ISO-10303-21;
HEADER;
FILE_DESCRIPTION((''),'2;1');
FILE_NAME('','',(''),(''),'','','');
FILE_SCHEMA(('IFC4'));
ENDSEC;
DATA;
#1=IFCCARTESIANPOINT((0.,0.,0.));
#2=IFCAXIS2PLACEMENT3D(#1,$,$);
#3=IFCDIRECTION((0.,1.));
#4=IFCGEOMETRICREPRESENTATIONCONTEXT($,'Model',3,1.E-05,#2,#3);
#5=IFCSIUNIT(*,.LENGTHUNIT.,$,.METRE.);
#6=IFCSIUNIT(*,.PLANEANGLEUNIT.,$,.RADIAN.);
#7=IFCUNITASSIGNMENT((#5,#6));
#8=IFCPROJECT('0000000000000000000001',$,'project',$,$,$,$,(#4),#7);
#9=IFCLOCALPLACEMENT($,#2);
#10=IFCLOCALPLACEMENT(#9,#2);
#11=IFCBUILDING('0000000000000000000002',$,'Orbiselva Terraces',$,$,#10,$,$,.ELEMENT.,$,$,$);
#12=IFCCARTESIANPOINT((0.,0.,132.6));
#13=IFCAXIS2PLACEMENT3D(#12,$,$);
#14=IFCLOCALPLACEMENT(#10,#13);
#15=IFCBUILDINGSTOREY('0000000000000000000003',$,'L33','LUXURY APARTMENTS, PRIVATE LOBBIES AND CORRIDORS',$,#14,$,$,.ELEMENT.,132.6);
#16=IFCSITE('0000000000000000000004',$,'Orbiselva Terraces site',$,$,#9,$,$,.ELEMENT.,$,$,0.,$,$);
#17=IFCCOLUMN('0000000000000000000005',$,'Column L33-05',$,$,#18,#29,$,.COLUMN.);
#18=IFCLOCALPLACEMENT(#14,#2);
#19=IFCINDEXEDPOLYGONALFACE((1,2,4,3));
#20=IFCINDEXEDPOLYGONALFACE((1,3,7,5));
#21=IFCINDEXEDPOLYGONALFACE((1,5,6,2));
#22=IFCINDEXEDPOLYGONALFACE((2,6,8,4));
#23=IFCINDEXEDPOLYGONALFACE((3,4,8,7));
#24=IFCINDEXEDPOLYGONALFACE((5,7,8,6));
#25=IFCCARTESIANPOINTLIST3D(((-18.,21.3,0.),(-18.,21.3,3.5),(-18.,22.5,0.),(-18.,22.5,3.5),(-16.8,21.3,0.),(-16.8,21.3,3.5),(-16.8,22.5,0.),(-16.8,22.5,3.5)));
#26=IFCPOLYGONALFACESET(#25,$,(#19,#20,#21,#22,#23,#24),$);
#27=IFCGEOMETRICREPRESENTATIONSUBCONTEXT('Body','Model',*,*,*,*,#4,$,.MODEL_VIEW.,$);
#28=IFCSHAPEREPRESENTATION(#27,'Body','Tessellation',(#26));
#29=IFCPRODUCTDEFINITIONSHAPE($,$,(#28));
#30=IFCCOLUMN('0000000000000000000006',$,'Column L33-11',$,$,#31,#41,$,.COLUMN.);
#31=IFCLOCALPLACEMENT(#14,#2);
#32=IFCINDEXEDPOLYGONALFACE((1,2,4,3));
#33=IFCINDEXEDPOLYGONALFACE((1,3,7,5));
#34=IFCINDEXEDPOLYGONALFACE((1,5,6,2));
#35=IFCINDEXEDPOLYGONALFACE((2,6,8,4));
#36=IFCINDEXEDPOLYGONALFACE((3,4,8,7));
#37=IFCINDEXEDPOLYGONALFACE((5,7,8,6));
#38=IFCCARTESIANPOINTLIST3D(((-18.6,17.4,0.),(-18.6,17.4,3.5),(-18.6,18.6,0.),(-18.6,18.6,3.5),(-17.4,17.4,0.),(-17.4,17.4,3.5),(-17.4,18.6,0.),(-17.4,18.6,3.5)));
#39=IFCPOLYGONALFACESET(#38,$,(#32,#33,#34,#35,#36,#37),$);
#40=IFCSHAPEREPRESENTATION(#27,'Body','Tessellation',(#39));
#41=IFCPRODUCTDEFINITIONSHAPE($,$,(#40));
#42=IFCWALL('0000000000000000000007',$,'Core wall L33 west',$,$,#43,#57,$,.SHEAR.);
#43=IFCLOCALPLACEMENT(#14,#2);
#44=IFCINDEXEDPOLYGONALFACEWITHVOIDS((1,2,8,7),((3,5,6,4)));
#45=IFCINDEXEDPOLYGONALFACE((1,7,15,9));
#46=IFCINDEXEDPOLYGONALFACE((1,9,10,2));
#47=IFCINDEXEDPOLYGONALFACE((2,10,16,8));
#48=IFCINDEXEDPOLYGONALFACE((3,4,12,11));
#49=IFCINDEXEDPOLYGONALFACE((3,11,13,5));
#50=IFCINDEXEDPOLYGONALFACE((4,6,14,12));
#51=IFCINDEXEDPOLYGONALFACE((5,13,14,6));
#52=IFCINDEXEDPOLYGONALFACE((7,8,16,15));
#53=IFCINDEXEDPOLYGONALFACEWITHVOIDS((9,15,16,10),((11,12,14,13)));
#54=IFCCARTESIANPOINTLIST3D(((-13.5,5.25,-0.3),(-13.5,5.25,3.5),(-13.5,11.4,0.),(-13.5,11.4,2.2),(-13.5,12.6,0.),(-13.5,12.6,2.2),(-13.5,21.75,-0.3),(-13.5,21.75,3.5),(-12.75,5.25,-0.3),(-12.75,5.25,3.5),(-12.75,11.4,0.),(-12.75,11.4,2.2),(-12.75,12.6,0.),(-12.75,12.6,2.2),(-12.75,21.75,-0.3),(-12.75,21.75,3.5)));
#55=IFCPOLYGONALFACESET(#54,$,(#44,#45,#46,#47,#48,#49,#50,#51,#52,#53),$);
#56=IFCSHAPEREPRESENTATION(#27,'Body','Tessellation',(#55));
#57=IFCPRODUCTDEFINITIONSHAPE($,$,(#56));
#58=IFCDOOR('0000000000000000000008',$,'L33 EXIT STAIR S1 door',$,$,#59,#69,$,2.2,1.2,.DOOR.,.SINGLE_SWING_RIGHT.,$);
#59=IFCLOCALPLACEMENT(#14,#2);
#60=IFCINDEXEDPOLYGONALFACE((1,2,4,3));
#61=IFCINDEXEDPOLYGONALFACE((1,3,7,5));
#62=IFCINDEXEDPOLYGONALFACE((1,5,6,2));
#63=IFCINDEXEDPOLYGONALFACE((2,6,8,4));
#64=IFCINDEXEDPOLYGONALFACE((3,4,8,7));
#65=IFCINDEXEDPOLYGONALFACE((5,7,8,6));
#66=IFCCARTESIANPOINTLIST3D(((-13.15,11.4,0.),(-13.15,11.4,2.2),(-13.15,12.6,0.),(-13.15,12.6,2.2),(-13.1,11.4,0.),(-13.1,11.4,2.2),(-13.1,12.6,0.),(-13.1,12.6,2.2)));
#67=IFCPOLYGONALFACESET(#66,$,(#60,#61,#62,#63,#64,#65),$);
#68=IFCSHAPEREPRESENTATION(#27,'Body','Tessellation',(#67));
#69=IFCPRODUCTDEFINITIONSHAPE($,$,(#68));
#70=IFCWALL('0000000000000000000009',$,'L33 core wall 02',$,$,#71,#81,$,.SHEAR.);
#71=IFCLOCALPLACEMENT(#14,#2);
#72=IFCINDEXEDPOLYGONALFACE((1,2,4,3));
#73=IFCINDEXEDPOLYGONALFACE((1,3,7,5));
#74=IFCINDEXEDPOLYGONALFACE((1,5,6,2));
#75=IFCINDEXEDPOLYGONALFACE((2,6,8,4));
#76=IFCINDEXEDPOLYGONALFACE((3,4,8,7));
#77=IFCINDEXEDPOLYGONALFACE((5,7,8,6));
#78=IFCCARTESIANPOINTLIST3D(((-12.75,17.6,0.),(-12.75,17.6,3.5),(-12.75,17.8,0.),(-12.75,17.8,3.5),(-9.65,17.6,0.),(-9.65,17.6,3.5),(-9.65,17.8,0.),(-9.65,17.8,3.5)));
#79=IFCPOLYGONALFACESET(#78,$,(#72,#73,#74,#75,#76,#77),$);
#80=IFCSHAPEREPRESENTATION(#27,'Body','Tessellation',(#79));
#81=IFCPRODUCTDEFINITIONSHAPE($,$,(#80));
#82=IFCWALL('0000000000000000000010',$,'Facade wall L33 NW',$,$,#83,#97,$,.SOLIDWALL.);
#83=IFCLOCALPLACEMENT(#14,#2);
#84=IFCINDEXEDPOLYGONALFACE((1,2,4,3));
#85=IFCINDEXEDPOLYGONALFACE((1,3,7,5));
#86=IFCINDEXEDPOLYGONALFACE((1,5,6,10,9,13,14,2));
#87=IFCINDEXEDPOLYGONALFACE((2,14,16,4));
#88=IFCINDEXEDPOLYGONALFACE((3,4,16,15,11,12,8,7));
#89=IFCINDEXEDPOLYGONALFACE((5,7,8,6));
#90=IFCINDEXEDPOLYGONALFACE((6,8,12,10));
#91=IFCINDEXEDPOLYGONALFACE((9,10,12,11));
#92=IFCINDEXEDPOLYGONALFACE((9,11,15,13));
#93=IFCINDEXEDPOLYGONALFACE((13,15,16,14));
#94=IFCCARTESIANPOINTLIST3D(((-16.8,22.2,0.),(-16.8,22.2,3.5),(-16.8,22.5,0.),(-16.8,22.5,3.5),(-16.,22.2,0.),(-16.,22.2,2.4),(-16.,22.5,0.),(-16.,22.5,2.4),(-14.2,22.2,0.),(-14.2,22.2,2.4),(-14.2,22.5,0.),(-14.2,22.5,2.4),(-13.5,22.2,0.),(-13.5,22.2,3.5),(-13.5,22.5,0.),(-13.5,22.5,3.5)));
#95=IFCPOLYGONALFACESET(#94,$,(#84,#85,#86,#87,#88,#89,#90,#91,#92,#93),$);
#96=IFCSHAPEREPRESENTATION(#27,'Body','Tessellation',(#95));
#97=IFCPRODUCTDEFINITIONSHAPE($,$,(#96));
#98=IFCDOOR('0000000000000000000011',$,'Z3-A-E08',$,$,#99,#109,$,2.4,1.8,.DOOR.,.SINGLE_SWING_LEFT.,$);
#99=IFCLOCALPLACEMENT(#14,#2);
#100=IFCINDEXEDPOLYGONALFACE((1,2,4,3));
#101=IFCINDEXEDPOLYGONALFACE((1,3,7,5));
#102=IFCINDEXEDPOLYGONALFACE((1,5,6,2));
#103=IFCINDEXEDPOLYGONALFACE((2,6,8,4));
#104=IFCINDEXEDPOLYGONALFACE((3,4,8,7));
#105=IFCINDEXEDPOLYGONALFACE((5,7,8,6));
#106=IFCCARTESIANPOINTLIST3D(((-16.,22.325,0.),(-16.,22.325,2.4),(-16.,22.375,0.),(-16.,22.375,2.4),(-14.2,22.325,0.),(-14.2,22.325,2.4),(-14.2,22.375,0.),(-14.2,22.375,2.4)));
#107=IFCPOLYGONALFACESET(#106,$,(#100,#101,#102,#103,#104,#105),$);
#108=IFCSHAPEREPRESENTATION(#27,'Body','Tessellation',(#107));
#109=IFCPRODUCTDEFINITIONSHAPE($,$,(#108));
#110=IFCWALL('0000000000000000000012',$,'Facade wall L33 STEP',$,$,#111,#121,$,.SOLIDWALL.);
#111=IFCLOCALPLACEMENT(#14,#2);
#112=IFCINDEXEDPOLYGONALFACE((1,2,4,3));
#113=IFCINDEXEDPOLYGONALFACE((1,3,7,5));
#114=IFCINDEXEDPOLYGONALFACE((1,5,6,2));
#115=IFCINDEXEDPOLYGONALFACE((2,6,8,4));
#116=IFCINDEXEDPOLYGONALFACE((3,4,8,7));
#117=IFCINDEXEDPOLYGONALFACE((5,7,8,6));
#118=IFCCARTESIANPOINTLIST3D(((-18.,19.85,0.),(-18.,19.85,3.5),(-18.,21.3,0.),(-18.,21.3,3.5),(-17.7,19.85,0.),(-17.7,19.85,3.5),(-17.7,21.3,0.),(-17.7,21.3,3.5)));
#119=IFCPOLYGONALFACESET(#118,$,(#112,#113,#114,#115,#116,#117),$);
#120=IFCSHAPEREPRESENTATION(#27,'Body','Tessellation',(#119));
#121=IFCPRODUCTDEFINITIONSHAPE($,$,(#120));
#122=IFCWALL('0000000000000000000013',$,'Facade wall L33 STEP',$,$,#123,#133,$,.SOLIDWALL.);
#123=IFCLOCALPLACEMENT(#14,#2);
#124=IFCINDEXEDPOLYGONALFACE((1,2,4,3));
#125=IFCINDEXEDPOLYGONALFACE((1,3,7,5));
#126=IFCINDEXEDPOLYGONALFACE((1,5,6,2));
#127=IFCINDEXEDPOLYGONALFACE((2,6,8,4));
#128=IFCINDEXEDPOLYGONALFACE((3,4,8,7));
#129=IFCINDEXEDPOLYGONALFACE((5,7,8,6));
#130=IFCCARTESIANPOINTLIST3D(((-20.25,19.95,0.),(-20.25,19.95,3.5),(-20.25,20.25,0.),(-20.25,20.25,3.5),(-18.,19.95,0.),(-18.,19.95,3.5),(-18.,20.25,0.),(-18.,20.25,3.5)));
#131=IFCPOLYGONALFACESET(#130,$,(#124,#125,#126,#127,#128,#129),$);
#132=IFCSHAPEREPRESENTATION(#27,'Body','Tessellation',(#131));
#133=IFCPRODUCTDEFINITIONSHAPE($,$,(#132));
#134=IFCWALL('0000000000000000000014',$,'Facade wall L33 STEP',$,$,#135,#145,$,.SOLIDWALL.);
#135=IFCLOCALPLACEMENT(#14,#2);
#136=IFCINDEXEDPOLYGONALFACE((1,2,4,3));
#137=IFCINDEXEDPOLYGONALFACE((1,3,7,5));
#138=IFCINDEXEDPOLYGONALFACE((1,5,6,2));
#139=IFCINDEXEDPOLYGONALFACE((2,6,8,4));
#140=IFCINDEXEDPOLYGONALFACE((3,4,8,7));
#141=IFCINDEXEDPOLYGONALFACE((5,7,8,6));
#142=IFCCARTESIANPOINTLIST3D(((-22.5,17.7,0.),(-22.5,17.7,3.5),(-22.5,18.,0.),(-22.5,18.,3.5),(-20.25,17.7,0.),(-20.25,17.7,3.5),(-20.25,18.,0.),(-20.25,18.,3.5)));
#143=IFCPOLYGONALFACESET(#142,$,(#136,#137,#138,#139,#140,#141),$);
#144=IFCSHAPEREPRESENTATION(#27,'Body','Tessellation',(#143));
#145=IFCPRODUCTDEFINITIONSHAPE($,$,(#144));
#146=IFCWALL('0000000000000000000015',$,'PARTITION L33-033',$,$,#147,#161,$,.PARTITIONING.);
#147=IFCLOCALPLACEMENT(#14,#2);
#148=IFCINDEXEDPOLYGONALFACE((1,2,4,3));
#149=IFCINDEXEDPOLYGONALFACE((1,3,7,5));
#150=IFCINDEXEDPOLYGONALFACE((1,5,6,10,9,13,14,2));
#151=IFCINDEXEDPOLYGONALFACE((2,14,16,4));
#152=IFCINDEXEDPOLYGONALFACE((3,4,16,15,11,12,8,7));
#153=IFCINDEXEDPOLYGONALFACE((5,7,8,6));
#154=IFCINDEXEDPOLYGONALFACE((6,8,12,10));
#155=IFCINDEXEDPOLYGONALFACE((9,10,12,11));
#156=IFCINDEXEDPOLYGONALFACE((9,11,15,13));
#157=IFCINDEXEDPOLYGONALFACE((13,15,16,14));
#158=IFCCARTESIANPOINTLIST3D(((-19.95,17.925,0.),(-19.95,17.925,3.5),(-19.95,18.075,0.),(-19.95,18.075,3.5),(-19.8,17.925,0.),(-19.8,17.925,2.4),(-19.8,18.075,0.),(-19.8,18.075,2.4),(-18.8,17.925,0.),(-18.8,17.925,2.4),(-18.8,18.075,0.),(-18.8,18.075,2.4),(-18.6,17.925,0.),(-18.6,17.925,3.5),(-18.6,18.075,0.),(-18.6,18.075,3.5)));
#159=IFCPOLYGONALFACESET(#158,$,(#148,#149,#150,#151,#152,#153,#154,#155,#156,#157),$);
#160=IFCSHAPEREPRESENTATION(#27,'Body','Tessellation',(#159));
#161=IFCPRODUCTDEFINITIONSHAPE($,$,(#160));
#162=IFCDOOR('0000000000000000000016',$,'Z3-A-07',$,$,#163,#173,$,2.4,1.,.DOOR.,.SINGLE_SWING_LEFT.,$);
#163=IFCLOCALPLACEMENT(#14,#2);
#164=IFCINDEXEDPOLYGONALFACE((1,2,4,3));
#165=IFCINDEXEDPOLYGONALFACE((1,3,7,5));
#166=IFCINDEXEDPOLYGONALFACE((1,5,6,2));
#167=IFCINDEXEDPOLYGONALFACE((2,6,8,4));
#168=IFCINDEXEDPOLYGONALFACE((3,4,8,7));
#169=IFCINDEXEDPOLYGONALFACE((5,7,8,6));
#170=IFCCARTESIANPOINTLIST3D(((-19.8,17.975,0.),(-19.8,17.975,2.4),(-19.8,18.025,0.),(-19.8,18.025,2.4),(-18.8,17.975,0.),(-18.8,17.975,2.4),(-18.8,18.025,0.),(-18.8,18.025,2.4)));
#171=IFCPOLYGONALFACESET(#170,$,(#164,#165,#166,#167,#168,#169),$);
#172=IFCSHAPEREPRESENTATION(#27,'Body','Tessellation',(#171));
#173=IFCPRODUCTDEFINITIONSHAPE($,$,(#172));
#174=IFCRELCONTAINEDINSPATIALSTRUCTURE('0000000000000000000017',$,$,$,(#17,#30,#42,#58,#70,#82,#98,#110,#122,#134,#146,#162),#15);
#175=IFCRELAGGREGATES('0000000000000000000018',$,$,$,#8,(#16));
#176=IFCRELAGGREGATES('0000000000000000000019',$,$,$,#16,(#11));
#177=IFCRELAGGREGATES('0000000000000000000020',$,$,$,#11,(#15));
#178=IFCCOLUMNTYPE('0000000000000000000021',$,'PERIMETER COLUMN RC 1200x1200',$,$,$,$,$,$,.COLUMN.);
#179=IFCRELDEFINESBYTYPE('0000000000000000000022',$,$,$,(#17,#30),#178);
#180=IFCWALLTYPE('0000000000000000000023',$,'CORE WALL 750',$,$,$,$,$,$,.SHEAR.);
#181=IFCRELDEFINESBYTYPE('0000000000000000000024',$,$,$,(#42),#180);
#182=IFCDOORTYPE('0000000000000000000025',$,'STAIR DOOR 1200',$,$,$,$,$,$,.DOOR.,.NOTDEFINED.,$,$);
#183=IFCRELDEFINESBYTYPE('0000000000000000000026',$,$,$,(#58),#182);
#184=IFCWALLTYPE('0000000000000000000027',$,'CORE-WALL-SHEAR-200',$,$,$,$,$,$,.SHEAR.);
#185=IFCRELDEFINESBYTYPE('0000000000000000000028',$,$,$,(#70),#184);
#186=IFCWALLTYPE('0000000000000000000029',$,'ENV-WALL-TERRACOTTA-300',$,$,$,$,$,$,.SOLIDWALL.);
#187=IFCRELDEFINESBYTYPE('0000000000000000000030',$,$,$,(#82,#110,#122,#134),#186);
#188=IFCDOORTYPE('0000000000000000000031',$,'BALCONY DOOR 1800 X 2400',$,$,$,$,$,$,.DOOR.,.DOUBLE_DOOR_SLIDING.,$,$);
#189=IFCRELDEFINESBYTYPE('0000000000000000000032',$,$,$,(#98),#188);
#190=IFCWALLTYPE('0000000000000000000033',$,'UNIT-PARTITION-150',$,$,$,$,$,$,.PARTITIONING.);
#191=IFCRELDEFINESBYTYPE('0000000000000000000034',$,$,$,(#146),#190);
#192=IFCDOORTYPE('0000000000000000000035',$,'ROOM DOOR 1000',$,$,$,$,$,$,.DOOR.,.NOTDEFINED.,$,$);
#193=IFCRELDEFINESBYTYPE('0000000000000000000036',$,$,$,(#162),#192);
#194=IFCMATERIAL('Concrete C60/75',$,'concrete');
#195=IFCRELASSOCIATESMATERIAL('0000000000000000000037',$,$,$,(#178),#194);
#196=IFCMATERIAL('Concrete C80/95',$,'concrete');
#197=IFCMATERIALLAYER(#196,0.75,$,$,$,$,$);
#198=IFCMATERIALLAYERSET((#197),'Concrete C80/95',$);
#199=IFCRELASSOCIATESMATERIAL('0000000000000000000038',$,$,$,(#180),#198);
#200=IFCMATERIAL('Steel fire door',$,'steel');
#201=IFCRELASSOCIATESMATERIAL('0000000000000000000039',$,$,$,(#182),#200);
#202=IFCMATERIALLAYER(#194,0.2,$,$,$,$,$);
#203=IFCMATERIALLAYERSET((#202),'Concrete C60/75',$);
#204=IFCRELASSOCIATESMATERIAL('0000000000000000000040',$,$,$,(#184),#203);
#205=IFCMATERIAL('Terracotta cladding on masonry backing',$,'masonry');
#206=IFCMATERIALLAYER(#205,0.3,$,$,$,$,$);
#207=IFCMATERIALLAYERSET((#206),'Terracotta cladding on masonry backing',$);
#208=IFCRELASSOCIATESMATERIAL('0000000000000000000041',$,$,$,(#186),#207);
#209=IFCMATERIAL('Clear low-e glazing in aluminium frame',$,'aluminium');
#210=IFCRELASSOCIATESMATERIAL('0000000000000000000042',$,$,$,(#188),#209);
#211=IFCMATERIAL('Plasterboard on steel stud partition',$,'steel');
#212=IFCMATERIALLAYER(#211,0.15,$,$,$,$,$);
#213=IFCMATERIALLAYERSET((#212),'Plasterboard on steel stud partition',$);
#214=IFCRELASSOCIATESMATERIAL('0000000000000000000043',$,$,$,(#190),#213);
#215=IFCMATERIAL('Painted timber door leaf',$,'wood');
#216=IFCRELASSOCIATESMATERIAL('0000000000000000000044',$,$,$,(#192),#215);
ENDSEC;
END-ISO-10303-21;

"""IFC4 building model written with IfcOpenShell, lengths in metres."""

from ifc_helpers import new_model, si_unit, direction, frame, frame_2d, origin, origin_2d, place, context, subcontext, project, spatial, rectangle, extrude, material, layer, layer_set, material_profile, profile_set, type_object, element, fill, save


model = new_model("IFC4")

# Units and contexts
model_context = context("Model", 3, precision=1e-05, world=origin(), true_north=direction((0.0, 1.0)))
body_context = subcontext(model_context, "Body", "Model", "MODEL_VIEW")
ifc_project = project(units=[si_unit("LENGTHUNIT", "METRE"), si_unit("PLANEANGLEUNIT", "RADIAN")], contexts=[model_context])

# Site, building, storey
site_placement = place(None, origin())
site = spatial("IfcSite", under=ifc_project, at=site_placement, Name="Orbiselva Terraces site", CompositionType="ELEMENT", RefElevation=0.0)
building_placement = place(site_placement, origin())
building = spatial("IfcBuilding", under=site, at=building_placement, Name="Orbiselva Terraces", CompositionType="ELEMENT")
storey_placement = place(building_placement, frame((0.0, 0.0, 132.6)))
storey = spatial("IfcBuildingStorey", under=building, at=storey_placement, Name="L33", Description="LUXURY APARTMENTS, PRIVATE LOBBIES AND CORRIDORS", CompositionType="ELEMENT", Elevation=132.6)

# Columns
ifc_material_1 = material(Name="Concrete C60/75", Category="concrete")
ifc_material_profile = material_profile(ifc_material_1, rectangle(XDim=1.2, YDim=1.2, at=origin_2d()), Name="RC 1200x1200")
ifc_profile_set = profile_set([ifc_material_profile], Name="Concrete C60/75")
column_type = type_object("IfcColumnType", Name="PERIMETER COLUMN RC 1200x1200", PredefinedType="COLUMN", material=ifc_profile_set)
for number, where, z_axis, x_axis, name in (
    (1, (-17.4, 21.9, 0.0), (0.0, 0.0, 1.0), (1.0, 0.0, 0.0), "Column L33-05"),
    (2, (-18.0, 18.0, 0.0), (0.0, 0.0, 1.0), (1.0, 0.0, 0.0), "Column L33-11"),
):
    element("IfcColumn", number, at=place(storey_placement, frame(where, z_axis=z_axis, x_axis=x_axis)), inside=storey, type_object=column_type, Name=name, PredefinedType="COLUMN", context=body_context, shape_type="SweptSolid", body=[
        extrude(rectangle(XDim=1.2, YDim=1.2, at=origin_2d()), origin(), (0.0, 0.0, 1.0), 3.5),
    ])

# Wall, opening, door
ifc_material_2 = material(Name="Concrete C80/95", Category="concrete")
ifc_layer_1 = layer(ifc_material_2, 0.75)
ifc_layer_set_1 = layer_set([ifc_layer_1], Name="Concrete C80/95")
wall_type_1 = type_object("IfcWallType", Name="CORE WALL 750", PredefinedType="SHEAR", material=ifc_layer_set_1)
wall_1_placement = place(storey_placement, frame((-13.125, 21.75, -0.3), z_axis=(0.0, 0.0, 1.0), x_axis=(0.0, -1.0, 0.0)))
wall_1 = element("IfcWall", 3, at=wall_1_placement, inside=storey, type_object=wall_type_1, Name="Core wall L33 west", PredefinedType="SHEAR", context=body_context, shape_type="SweptSolid", body=[
    extrude(rectangle(XDim=16.5, YDim=0.75, at=frame_2d((8.25, 0.0))), origin(), (0.0, 0.0, 1.0), 3.8),
])
opening_1_placement = place(wall_1_placement, frame((9.15, 0.0, 0.3)))
opening_1 = element("IfcOpeningElement", 4, at=opening_1_placement, cuts=wall_1, PredefinedType="OPENING", context=body_context, shape_type="SweptSolid", body=[
    extrude(rectangle(XDim=1.2, YDim=2.2, at=frame_2d((0.6, 1.1))), frame((0.0, 0.385, 0.0), z_axis=(0.0, -1.0, 0.0), x_axis=(1.0, 0.0, 0.0)), (0.0, 0.0, 1.0), 0.77),
])
ifc_material_3 = material(Name="Steel fire door", Category="steel")
door_type_1 = type_object("IfcDoorType", Name="STAIR DOOR 1200", OperationType="NOTDEFINED", PredefinedType="DOOR", material=ifc_material_3)
door_1_placement = place(opening_1_placement, frame((1.2, 0.0, 0.0), z_axis=(0.0, 0.0, 1.0), x_axis=(-1.0, 0.0, 0.0)))
door_1 = element("IfcDoor", 5, at=door_1_placement, inside=storey, type_object=door_type_1, Name="L33 EXIT STAIR S1 door", OperationType="SINGLE_SWING_RIGHT", OverallHeight=2.2, OverallWidth=1.2, PredefinedType="DOOR", context=body_context, shape_type="SweptSolid", body=[
    extrude(rectangle(XDim=1.2, YDim=2.2, at=frame_2d((0.6, 1.1))), frame((0.0, 0.025, 0.0), z_axis=(0.0, -1.0, 0.0), x_axis=(1.0, 0.0, 0.0)), (0.0, 0.0, 1.0), 0.05),
])
fill(opening_1, door_1)

# Wall
ifc_layer_2 = layer(ifc_material_1, 0.2)
ifc_layer_set_2 = layer_set([ifc_layer_2], Name="Concrete C60/75")
wall_type_2 = type_object("IfcWallType", Name="CORE-WALL-SHEAR-200", PredefinedType="SHEAR", material=ifc_layer_set_2)
wall_2_placement = place(storey_placement, frame((-12.75, 17.7, 0.0), z_axis=(0.0, 0.0, 1.0), x_axis=(1.0, 0.0, 0.0)))
element("IfcWall", 6, at=wall_2_placement, inside=storey, type_object=wall_type_2, Name="L33 core wall 02", PredefinedType="SHEAR", context=body_context, shape_type="SweptSolid", body=[
    extrude(rectangle(XDim=3.1, YDim=0.2, at=frame_2d((1.55, 0.0))), origin(), (0.0, 0.0, 1.0), 3.5),
])

# Wall, opening, door
ifc_material_4 = material(Name="Terracotta cladding on masonry backing", Category="masonry")
ifc_layer_3 = layer(ifc_material_4, 0.3)
ifc_layer_set_3 = layer_set([ifc_layer_3], Name="Terracotta cladding on masonry backing")
wall_type_3 = type_object("IfcWallType", Name="ENV-WALL-TERRACOTTA-300", PredefinedType="SOLIDWALL", material=ifc_layer_set_3)
wall_3_placement = place(storey_placement, frame((-16.8, 22.35, 0.0), z_axis=(0.0, 0.0, 1.0), x_axis=(1.0, 0.0, 0.0)))
wall_3 = element("IfcWall", 7, at=wall_3_placement, inside=storey, type_object=wall_type_3, Name="Facade wall L33 NW", PredefinedType="SOLIDWALL", context=body_context, shape_type="SweptSolid", body=[
    extrude(rectangle(XDim=3.3, YDim=0.3, at=frame_2d((1.65, 0.0))), origin(), (0.0, 0.0, 1.0), 3.5),
])
opening_2_placement = place(wall_3_placement, frame((0.8, 0.0, 0.0)))
opening_2 = element("IfcOpeningElement", 8, at=opening_2_placement, cuts=wall_3, PredefinedType="OPENING", context=body_context, shape_type="SweptSolid", body=[
    extrude(rectangle(XDim=1.8, YDim=2.4, at=frame_2d((0.9, 1.2))), frame((0.0, 0.16, 0.0), z_axis=(0.0, -1.0, 0.0), x_axis=(1.0, 0.0, 0.0)), (0.0, 0.0, 1.0), 0.32),
])
ifc_material_5 = material(Name="Clear low-e glazing in aluminium frame", Category="aluminium")
door_type_2 = type_object("IfcDoorType", Name="BALCONY DOOR 1800 X 2400", OperationType="DOUBLE_DOOR_SLIDING", PredefinedType="DOOR", material=ifc_material_5)
door_2_placement = place(opening_2_placement, origin())
door_2 = element("IfcDoor", 9, at=door_2_placement, inside=storey, type_object=door_type_2, Name="Z3-A-E08", OperationType="SINGLE_SWING_LEFT", OverallHeight=2.4, OverallWidth=1.8, PredefinedType="DOOR", context=body_context, shape_type="SweptSolid", body=[
    extrude(rectangle(XDim=1.8, YDim=2.4, at=frame_2d((0.9, 1.2))), frame((0.0, 0.025, 0.0), z_axis=(0.0, -1.0, 0.0), x_axis=(1.0, 0.0, 0.0)), (0.0, 0.0, 1.0), 0.05),
])
fill(opening_2, door_2)

# Walls
wall_4_placement = place(storey_placement, frame((-17.85, 19.85, 0.0), z_axis=(0.0, 0.0, 1.0), x_axis=(0.0, 1.0, 0.0)))
element("IfcWall", 10, at=wall_4_placement, inside=storey, type_object=wall_type_3, Name="Facade wall L33 STEP", PredefinedType="SOLIDWALL", context=body_context, shape_type="SweptSolid", body=[
    extrude(rectangle(XDim=1.45, YDim=0.3, at=frame_2d((0.725, 0.0))), origin(), (0.0, 0.0, 1.0), 3.5),
])
for number, where, z_axis, x_axis, name in (
    (11, (-20.25, 20.1, 0.0), (0.0, 0.0, 1.0), (1.0, 0.0, 0.0), "Facade wall L33 STEP"),
    (12, (-22.5, 17.85, 0.0), (0.0, 0.0, 1.0), (1.0, 0.0, 0.0), "Facade wall L33 STEP"),
):
    element("IfcWall", number, at=place(storey_placement, frame(where, z_axis=z_axis, x_axis=x_axis)), inside=storey, type_object=wall_type_3, Name=name, PredefinedType="SOLIDWALL", context=body_context, shape_type="SweptSolid", body=[
        extrude(rectangle(XDim=2.25, YDim=0.3, at=frame_2d((1.125, 0.0))), origin(), (0.0, 0.0, 1.0), 3.5),
    ])

# Wall, opening, door
ifc_material_6 = material(Name="Plasterboard on steel stud partition", Category="steel")
ifc_layer_4 = layer(ifc_material_6, 0.15)
ifc_layer_set_4 = layer_set([ifc_layer_4], Name="Plasterboard on steel stud partition")
wall_type_4 = type_object("IfcWallType", Name="UNIT-PARTITION-150", PredefinedType="PARTITIONING", material=ifc_layer_set_4)
wall_5_placement = place(storey_placement, frame((-19.95, 18.0, 0.0), z_axis=(0.0, 0.0, 1.0), x_axis=(1.0, 0.0, 0.0)))
wall_5 = element("IfcWall", 13, at=wall_5_placement, inside=storey, type_object=wall_type_4, Name="PARTITION L33-033", PredefinedType="PARTITIONING", context=body_context, shape_type="SweptSolid", body=[
    extrude(rectangle(XDim=1.35, YDim=0.15, at=frame_2d((0.675, 0.0))), origin(), (0.0, 0.0, 1.0), 3.5),
])
opening_3_placement = place(wall_5_placement, frame((0.15, 0.0, 0.0)))
opening_3 = element("IfcOpeningElement", 14, at=opening_3_placement, cuts=wall_5, PredefinedType="OPENING", context=body_context, shape_type="SweptSolid", body=[
    extrude(rectangle(XDim=1.0, YDim=2.4, at=frame_2d((0.5, 1.2))), frame((0.0, 0.085, 0.0), z_axis=(0.0, -1.0, 0.0), x_axis=(1.0, 0.0, 0.0)), (0.0, 0.0, 1.0), 0.17),
])
ifc_material_7 = material(Name="Painted timber door leaf", Category="wood")
door_type_3 = type_object("IfcDoorType", Name="ROOM DOOR 1000", OperationType="NOTDEFINED", PredefinedType="DOOR", material=ifc_material_7)
door_3_placement = place(opening_3_placement, origin())
door_3 = element("IfcDoor", 15, at=door_3_placement, inside=storey, type_object=door_type_3, Name="Z3-A-07", OperationType="SINGLE_SWING_LEFT", OverallHeight=2.4, OverallWidth=1.0, PredefinedType="DOOR", context=body_context, shape_type="SweptSolid", body=[
    extrude(rectangle(XDim=1.0, YDim=2.4, at=frame_2d((0.5, 1.2))), frame((0.0, 0.025, 0.0), z_axis=(0.0, -1.0, 0.0), x_axis=(1.0, 0.0, 0.0)), (0.0, 0.0, 1.0), 0.05),
])
fill(opening_3, door_3)

save(model, "model.ifc")
